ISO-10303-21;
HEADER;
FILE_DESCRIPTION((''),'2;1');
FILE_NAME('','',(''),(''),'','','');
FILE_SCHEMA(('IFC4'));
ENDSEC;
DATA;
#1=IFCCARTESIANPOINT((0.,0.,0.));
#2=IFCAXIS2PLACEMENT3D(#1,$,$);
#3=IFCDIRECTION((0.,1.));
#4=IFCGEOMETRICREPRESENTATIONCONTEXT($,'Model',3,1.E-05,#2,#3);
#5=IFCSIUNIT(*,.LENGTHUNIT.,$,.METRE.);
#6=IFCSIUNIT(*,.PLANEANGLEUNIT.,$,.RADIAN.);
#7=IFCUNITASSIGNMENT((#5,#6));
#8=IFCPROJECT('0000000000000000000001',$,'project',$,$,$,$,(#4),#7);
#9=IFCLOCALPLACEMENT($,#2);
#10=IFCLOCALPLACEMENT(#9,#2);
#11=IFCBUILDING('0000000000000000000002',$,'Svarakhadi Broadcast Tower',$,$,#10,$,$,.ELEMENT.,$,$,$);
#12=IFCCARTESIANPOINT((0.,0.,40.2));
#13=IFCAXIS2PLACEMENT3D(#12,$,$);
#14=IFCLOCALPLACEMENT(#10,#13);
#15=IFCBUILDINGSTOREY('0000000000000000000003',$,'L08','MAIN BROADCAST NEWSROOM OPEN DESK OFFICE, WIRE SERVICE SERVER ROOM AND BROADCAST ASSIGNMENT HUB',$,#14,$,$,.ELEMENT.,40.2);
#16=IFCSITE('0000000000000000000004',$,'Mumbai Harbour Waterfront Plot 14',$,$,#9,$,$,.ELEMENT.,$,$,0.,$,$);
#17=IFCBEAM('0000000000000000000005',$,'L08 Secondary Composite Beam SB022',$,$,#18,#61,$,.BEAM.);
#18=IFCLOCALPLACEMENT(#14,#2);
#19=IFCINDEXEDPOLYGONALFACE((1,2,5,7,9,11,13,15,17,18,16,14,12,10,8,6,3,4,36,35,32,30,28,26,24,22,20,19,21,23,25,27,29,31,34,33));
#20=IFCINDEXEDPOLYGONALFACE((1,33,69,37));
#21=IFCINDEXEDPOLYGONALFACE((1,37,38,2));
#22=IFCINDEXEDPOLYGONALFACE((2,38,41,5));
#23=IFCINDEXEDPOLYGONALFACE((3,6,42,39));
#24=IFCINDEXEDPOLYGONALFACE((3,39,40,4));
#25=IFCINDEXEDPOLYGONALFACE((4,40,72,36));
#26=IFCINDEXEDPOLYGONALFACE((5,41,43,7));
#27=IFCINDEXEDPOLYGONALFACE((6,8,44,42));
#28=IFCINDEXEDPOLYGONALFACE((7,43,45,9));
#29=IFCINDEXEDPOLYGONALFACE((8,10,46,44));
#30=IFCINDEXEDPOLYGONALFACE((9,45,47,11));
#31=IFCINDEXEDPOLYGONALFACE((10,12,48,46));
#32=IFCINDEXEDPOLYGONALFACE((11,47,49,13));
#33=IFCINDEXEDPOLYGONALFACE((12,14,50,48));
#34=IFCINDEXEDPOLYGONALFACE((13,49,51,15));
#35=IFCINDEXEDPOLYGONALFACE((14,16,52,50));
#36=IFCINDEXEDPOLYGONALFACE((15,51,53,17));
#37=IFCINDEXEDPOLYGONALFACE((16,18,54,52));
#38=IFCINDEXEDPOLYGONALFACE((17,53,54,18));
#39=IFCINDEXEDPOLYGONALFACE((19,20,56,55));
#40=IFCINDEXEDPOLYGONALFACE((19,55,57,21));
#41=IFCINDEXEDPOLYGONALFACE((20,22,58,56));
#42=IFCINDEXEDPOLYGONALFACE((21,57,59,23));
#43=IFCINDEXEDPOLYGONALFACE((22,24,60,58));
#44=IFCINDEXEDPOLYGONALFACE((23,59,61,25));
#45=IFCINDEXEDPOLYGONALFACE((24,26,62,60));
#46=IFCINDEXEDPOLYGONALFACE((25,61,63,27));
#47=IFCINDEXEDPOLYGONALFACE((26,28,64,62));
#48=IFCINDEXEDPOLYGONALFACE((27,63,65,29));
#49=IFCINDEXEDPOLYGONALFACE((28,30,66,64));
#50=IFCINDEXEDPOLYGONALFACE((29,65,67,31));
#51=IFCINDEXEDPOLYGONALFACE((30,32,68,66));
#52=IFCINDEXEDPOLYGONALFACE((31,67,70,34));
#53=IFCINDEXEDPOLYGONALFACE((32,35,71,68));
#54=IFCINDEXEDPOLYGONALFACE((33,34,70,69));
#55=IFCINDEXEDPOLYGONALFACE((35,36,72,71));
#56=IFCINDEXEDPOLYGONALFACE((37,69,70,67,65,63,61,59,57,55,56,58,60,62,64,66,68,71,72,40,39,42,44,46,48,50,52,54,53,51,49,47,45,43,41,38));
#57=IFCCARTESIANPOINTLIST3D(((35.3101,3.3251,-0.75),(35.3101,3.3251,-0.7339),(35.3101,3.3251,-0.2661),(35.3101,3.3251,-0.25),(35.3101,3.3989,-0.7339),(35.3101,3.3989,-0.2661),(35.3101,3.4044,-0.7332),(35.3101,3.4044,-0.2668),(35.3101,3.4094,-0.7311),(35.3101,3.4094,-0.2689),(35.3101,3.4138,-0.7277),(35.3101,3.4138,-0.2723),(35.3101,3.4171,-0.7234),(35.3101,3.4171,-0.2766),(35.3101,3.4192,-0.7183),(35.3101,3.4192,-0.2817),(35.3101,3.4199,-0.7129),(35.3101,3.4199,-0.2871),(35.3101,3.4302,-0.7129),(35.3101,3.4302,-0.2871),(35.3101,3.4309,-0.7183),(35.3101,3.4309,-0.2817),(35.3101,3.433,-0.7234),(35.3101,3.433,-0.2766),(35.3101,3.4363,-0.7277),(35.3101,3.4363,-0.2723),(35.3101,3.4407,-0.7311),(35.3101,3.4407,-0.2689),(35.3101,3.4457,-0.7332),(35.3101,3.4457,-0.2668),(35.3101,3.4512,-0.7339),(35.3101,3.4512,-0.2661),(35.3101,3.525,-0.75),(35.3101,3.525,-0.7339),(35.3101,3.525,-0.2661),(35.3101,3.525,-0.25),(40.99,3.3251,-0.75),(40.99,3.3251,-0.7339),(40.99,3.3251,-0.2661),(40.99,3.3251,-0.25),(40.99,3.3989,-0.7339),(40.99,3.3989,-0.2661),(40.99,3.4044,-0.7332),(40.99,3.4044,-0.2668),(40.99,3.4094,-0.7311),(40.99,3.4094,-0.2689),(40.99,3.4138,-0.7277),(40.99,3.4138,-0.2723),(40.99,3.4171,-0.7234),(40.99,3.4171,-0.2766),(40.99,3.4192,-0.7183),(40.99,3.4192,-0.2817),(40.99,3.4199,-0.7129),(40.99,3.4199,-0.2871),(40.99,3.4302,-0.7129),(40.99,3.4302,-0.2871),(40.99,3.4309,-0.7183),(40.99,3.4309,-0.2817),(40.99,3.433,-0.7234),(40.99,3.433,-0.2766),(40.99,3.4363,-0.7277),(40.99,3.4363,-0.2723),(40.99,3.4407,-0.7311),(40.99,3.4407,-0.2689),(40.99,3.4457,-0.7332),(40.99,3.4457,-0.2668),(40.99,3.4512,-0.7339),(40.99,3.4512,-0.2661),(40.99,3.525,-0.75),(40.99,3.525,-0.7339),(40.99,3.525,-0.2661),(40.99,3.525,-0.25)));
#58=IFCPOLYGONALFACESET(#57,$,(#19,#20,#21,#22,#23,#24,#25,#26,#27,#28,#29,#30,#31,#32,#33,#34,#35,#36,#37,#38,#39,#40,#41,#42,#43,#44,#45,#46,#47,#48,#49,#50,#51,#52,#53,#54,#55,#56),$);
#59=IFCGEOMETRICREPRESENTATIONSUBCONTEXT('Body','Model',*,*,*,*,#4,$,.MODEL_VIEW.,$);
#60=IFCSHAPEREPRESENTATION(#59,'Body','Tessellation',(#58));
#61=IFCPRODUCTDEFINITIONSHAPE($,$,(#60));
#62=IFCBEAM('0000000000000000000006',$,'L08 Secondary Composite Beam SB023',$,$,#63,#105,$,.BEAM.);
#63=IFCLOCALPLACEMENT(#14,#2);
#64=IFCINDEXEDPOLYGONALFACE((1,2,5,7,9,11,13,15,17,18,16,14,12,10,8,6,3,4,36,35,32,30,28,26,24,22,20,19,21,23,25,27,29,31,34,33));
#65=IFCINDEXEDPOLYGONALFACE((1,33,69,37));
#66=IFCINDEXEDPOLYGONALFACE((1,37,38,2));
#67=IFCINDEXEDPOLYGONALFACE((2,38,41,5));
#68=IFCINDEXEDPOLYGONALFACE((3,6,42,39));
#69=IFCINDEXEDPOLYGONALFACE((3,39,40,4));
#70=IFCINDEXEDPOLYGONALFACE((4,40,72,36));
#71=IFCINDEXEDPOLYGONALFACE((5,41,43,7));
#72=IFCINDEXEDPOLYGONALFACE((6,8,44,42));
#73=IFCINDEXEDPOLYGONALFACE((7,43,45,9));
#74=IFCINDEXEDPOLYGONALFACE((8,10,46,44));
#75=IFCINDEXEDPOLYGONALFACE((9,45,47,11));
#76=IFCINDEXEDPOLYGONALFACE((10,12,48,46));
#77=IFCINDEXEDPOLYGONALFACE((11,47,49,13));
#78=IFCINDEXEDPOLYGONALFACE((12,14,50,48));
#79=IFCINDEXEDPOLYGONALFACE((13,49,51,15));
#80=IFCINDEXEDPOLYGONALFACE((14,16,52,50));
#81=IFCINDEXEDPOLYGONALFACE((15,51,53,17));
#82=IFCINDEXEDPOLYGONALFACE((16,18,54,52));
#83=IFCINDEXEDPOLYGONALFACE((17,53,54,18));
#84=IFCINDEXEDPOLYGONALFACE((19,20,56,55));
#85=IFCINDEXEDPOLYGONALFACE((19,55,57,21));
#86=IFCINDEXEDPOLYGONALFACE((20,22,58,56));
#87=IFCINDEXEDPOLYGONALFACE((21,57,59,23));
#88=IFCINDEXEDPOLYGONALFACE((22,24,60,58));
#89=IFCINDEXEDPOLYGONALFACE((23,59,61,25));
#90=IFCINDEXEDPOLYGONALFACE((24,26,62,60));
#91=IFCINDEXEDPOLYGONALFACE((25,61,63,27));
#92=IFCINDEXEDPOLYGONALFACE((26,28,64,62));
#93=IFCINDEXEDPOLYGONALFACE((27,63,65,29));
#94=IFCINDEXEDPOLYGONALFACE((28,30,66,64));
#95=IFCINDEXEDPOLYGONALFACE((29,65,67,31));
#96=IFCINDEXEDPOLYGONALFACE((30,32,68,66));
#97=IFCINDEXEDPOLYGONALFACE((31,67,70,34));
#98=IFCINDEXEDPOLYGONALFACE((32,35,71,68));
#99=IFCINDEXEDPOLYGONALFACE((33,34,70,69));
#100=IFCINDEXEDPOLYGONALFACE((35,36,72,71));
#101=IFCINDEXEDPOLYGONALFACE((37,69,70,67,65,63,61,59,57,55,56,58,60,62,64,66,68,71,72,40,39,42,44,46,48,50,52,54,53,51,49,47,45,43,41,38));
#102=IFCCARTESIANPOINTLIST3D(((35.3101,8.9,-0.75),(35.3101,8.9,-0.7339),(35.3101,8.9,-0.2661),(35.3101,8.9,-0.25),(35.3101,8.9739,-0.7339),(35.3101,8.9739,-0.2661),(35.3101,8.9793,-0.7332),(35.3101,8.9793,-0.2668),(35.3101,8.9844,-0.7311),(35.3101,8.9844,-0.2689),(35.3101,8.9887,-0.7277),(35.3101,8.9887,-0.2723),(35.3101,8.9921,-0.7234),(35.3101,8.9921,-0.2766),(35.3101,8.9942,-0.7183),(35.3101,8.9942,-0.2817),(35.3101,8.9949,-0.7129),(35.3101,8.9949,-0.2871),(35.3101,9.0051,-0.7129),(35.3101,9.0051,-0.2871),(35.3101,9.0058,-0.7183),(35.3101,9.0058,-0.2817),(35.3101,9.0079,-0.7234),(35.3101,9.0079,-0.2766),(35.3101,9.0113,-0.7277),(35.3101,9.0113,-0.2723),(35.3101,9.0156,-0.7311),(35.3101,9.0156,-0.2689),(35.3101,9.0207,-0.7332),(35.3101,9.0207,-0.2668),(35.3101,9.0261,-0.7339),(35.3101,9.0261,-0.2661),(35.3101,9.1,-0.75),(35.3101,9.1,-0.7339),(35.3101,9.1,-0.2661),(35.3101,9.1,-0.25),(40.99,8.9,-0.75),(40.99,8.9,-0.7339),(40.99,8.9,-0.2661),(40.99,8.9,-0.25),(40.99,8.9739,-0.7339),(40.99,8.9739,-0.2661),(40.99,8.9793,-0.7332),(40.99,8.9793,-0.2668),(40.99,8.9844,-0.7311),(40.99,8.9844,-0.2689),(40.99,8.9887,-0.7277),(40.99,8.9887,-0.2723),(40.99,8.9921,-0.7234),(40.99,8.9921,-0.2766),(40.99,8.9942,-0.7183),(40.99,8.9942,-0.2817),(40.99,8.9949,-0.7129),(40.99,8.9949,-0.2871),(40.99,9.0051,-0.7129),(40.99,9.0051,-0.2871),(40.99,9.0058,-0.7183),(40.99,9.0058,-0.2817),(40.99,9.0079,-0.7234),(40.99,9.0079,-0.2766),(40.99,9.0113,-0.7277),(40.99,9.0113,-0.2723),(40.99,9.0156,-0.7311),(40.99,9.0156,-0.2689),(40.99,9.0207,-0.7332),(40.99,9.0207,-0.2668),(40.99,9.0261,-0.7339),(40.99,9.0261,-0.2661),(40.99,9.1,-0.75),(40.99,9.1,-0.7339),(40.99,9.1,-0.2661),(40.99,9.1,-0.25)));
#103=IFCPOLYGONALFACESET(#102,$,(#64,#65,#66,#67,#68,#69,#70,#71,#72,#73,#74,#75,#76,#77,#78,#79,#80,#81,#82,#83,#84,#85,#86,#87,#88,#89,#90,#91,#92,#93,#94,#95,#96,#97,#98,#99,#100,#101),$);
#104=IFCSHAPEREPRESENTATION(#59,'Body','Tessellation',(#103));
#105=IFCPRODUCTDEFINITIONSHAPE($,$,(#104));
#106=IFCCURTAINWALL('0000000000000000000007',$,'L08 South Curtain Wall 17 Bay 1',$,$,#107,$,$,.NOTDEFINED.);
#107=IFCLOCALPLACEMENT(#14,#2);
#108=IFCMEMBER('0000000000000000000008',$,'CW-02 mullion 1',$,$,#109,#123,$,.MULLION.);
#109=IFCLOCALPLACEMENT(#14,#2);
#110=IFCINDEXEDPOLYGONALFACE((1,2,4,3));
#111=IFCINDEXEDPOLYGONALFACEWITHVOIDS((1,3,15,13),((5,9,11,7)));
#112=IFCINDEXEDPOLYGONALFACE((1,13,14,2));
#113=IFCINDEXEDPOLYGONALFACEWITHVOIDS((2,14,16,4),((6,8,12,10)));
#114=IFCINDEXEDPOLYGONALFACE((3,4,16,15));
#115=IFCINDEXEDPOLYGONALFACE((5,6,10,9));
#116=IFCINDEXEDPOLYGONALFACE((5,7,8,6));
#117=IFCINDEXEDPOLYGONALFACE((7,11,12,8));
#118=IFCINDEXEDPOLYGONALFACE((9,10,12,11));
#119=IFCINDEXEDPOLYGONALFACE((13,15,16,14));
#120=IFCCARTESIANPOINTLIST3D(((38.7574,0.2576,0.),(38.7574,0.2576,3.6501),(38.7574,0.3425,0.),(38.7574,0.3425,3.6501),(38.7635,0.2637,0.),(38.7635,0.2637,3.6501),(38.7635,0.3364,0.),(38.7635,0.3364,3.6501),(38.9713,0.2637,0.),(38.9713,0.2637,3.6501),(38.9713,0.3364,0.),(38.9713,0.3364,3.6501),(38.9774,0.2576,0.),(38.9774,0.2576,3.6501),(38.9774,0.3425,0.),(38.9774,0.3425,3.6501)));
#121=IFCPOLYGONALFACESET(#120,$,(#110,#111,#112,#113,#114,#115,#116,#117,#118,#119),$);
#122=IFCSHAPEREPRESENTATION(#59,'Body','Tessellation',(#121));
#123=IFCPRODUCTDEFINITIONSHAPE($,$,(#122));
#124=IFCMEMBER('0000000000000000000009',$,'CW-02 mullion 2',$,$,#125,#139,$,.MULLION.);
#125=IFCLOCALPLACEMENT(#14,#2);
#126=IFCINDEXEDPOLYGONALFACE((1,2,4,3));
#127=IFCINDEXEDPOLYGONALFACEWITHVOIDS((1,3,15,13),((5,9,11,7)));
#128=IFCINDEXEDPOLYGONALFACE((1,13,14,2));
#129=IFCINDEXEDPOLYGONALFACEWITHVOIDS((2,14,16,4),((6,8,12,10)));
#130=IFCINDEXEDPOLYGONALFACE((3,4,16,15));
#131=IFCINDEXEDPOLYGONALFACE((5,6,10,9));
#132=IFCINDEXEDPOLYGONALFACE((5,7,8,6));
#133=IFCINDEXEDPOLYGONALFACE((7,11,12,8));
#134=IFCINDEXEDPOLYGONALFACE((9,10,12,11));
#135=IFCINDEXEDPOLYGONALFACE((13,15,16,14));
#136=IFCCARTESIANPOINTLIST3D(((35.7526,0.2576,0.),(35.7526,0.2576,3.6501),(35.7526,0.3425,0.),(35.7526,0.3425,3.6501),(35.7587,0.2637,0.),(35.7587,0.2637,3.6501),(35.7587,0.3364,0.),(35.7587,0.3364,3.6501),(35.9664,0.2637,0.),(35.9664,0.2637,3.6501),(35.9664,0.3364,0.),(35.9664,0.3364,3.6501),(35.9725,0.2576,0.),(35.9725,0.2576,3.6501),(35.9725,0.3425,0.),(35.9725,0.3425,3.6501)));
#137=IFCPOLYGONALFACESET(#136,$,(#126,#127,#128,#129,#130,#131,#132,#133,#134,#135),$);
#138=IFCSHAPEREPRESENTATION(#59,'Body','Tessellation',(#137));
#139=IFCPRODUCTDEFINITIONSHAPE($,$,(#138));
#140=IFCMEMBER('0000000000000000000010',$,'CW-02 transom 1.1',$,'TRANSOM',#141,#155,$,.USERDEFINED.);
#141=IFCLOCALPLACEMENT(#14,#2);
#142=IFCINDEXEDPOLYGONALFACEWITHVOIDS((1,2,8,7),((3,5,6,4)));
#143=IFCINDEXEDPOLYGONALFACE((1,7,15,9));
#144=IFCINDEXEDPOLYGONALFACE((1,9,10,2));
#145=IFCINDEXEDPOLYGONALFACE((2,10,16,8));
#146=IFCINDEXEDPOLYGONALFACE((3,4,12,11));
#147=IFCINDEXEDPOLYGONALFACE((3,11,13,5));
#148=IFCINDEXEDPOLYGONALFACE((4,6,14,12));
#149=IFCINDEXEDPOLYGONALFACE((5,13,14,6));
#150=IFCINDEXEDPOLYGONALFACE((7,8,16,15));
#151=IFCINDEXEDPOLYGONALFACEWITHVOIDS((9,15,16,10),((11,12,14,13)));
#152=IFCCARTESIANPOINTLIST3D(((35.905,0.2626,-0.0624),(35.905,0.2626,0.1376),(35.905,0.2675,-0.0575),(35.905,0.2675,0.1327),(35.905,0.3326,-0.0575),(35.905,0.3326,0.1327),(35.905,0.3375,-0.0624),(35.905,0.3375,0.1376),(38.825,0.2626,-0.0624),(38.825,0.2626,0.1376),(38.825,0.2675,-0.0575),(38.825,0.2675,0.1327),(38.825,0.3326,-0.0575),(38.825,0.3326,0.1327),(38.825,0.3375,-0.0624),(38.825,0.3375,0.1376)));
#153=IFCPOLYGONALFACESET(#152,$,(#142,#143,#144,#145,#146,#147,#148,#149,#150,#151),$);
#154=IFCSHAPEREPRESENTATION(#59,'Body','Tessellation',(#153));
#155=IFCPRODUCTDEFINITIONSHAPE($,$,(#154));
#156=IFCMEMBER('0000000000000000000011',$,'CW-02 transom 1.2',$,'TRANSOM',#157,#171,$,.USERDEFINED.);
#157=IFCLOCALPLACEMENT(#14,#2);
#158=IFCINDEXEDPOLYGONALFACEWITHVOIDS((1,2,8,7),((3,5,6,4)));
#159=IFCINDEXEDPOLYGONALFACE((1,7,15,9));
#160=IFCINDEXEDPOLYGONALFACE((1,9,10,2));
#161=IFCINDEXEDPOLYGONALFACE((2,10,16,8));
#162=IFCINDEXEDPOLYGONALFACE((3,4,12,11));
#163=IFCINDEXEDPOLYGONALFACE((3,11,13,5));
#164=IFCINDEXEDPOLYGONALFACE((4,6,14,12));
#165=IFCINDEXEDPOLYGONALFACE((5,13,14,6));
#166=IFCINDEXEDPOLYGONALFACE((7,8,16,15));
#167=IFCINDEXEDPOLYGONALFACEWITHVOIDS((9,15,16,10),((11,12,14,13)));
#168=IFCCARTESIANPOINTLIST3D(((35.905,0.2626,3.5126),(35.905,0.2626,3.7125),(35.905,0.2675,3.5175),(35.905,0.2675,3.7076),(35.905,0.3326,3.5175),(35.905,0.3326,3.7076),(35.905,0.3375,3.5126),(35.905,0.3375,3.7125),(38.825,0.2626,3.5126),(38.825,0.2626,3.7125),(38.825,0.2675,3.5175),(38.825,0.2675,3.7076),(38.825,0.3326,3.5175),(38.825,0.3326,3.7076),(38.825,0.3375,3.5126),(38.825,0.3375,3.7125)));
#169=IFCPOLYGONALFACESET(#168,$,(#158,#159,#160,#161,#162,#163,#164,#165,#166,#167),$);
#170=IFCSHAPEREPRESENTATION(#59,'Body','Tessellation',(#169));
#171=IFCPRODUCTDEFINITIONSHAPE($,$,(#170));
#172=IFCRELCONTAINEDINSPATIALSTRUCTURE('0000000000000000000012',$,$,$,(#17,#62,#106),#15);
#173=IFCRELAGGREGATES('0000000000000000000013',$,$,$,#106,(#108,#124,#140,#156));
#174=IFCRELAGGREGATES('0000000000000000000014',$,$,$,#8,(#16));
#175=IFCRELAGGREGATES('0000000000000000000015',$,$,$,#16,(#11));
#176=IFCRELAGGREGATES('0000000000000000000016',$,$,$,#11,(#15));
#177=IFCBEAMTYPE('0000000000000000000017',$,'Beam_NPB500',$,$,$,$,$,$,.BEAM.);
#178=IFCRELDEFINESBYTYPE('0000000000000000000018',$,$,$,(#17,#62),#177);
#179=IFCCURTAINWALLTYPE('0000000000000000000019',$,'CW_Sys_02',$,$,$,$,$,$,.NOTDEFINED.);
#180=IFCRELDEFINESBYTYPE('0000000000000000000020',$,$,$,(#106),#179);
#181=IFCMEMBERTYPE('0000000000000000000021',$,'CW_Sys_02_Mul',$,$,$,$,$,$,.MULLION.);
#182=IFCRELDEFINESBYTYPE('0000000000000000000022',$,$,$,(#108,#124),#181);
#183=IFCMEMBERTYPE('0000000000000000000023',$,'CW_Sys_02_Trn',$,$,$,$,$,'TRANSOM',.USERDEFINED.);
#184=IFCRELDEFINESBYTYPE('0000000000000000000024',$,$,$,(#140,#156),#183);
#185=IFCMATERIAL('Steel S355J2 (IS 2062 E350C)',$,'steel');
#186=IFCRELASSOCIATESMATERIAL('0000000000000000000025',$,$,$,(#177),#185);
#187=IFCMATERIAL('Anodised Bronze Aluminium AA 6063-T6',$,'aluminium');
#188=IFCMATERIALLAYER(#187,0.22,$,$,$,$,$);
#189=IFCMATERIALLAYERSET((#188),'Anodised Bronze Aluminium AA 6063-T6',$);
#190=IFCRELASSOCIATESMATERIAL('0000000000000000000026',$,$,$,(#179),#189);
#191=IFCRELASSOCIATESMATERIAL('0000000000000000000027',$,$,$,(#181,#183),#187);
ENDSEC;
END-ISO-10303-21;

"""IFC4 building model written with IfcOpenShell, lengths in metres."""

from ifc_helpers import new_model, si_unit, direction, frame, origin, origin_2d, place, context, subcontext, project, spatial, hollow_rectangle, i_section, extrude, material, layer, layer_set, material_profile, profile_set, type_object, element, aggregate, save


model = new_model("IFC4")

# Units and contexts
model_context = context("Model", 3, precision=1e-05, world=origin(), true_north=direction((0.0, 1.0)))
body_context = subcontext(model_context, "Body", "Model", "MODEL_VIEW")
ifc_project = project(units=[si_unit("LENGTHUNIT", "METRE"), si_unit("PLANEANGLEUNIT", "RADIAN")], contexts=[model_context])

# Site, building, storey
site_placement = place(None, origin())
site = spatial("IfcSite", under=ifc_project, at=site_placement, Name="Mumbai Harbour Waterfront Plot 14", CompositionType="ELEMENT", RefElevation=0.0)
building_placement = place(site_placement, origin())
building = spatial("IfcBuilding", under=site, at=building_placement, Name="Svarakhadi Broadcast Tower", CompositionType="ELEMENT")
storey_placement = place(building_placement, frame((0.0, 0.0, 40.2)))
storey = spatial("IfcBuildingStorey", under=building, at=storey_placement, Name="L08", Description="MAIN BROADCAST NEWSROOM OPEN DESK OFFICE, WIRE SERVICE SERVER ROOM AND BROADCAST ASSIGNMENT HUB", CompositionType="ELEMENT", Elevation=40.2)

# Beams
ifc_material_1 = material(Name="Steel S355J2 (IS 2062 E350C)", Category="steel")
ifc_material_profile_1 = material_profile(ifc_material_1, i_section(OverallWidth=0.2, OverallDepth=0.5, WebThickness=0.0103, FlangeThickness=0.0161, FilletRadius=0.021, at=origin_2d()), Name="NPB 500x200x91")
ifc_profile_set_1 = profile_set([ifc_material_profile_1], Name="Steel S355J2 (IS 2062 E350C)")
beam_type_1 = type_object("IfcBeamType", Name="Beam_NPB500", PredefinedType="BEAM", material=ifc_profile_set_1)
for number, where, z_axis, x_axis, name in (
    (1, (35.3101, 3.425, -0.5), (1.0, 0.0, 0.0), (0.0, 1.0, 0.0), "L08 Secondary Composite Beam SB022"),
    (2, (35.3101, 9.0, -0.5), (1.0, 0.0, 0.0), (0.0, 1.0, 0.0), "L08 Secondary Composite Beam SB023"),
):
    element("IfcBeam", number, at=place(storey_placement, frame(where, z_axis=z_axis, x_axis=x_axis)), inside=storey, type_object=beam_type_1, Name=name, PredefinedType="BEAM", context=body_context, shape_type="SweptSolid", body=[
        extrude(i_section(OverallWidth=0.2, OverallDepth=0.5, WebThickness=0.0103, FlangeThickness=0.0161, FilletRadius=0.021, at=origin_2d()), origin(), (0.0, 0.0, 1.0), 5.6799),
    ])

# Curtain wall, members
ifc_material_2 = material(Name="Anodised Bronze Aluminium AA 6063-T6", Category="aluminium")
ifc_layer_1 = layer(ifc_material_2, 0.22)
ifc_layer_set_1 = layer_set([ifc_layer_1], Name="Anodised Bronze Aluminium AA 6063-T6")
curtain_wall_type = type_object("IfcCurtainWallType", Name="CW_Sys_02", PredefinedType="NOTDEFINED", material=ifc_layer_set_1)
curtain_wall_placement = place(storey_placement, origin())
curtain_wall = element("IfcCurtainWall", 3, at=curtain_wall_placement, inside=storey, type_object=curtain_wall_type, Name="L08 South Curtain Wall 17 Bay 1", PredefinedType="NOTDEFINED")
ifc_material_profile_2 = material_profile(ifc_material_2, hollow_rectangle(XDim=0.085, YDim=0.22, WallThickness=0.0061, at=origin_2d()), Name="ALU MULLION 220x85x6")
ifc_profile_set_2 = profile_set([ifc_material_profile_2], Name="Anodised Bronze Aluminium AA 6063-T6")
member_type_1 = type_object("IfcMemberType", Name="CW_Sys_02_Mul", PredefinedType="MULLION", material=ifc_profile_set_2)
member_1_placement = place(storey_placement, frame((38.8674, 0.3, 0.0), z_axis=(0.0, 0.0, 1.0), x_axis=(0.0, -1.0, 0.0)))
member_1 = element("IfcMember", 4, at=member_1_placement, type_object=member_type_1, Name="CW-02 mullion 1", PredefinedType="MULLION", context=body_context, shape_type="SweptSolid", body=[
    extrude(hollow_rectangle(XDim=0.085, YDim=0.22, WallThickness=0.0061, at=origin_2d()), origin(), (0.0, 0.0, 1.0), 3.6501),
])
member_2_placement = place(storey_placement, frame((35.8625, 0.3, 0.0), z_axis=(0.0, 0.0, 1.0), x_axis=(0.0, -1.0, 0.0)))
member_2 = element("IfcMember", 5, at=member_2_placement, type_object=member_type_1, Name="CW-02 mullion 2", PredefinedType="MULLION", context=body_context, shape_type="SweptSolid", body=[
    extrude(hollow_rectangle(XDim=0.085, YDim=0.22, WallThickness=0.0061, at=origin_2d()), origin(), (0.0, 0.0, 1.0), 3.6501),
])
ifc_material_profile_3 = material_profile(ifc_material_2, hollow_rectangle(XDim=0.075, YDim=0.2, WallThickness=0.0049, at=origin_2d()), Name="ALU TRANSOM 200x75x5")
ifc_profile_set_3 = profile_set([ifc_material_profile_3], Name="Anodised Bronze Aluminium AA 6063-T6")
member_type_2 = type_object("IfcMemberType", Name="CW_Sys_02_Trn", ElementType="TRANSOM", PredefinedType="USERDEFINED", material=ifc_profile_set_3)
member_3_placement = place(storey_placement, frame((38.825, 0.3, 0.0376), z_axis=(-1.0, 0.0, 0.0), x_axis=(0.0, -1.0, 0.0)))
member_3 = element("IfcMember", 6, at=member_3_placement, type_object=member_type_2, Name="CW-02 transom 1.1", ObjectType="TRANSOM", PredefinedType="USERDEFINED", context=body_context, shape_type="SweptSolid", body=[
    extrude(hollow_rectangle(XDim=0.075, YDim=0.2, WallThickness=0.0049, at=origin_2d()), origin(), (0.0, 0.0, 1.0), 2.9199),
])
member_4_placement = place(storey_placement, frame((38.825, 0.3, 3.6125), z_axis=(-1.0, 0.0, 0.0), x_axis=(0.0, -1.0, 0.0)))
member_4 = element("IfcMember", 7, at=member_4_placement, type_object=member_type_2, Name="CW-02 transom 1.2", ObjectType="TRANSOM", PredefinedType="USERDEFINED", context=body_context, shape_type="SweptSolid", body=[
    extrude(hollow_rectangle(XDim=0.075, YDim=0.2, WallThickness=0.0049, at=origin_2d()), origin(), (0.0, 0.0, 1.0), 2.9199),
])

aggregate(curtain_wall, [member_1, member_2, member_3, member_4])

save(model, "model.ifc")
